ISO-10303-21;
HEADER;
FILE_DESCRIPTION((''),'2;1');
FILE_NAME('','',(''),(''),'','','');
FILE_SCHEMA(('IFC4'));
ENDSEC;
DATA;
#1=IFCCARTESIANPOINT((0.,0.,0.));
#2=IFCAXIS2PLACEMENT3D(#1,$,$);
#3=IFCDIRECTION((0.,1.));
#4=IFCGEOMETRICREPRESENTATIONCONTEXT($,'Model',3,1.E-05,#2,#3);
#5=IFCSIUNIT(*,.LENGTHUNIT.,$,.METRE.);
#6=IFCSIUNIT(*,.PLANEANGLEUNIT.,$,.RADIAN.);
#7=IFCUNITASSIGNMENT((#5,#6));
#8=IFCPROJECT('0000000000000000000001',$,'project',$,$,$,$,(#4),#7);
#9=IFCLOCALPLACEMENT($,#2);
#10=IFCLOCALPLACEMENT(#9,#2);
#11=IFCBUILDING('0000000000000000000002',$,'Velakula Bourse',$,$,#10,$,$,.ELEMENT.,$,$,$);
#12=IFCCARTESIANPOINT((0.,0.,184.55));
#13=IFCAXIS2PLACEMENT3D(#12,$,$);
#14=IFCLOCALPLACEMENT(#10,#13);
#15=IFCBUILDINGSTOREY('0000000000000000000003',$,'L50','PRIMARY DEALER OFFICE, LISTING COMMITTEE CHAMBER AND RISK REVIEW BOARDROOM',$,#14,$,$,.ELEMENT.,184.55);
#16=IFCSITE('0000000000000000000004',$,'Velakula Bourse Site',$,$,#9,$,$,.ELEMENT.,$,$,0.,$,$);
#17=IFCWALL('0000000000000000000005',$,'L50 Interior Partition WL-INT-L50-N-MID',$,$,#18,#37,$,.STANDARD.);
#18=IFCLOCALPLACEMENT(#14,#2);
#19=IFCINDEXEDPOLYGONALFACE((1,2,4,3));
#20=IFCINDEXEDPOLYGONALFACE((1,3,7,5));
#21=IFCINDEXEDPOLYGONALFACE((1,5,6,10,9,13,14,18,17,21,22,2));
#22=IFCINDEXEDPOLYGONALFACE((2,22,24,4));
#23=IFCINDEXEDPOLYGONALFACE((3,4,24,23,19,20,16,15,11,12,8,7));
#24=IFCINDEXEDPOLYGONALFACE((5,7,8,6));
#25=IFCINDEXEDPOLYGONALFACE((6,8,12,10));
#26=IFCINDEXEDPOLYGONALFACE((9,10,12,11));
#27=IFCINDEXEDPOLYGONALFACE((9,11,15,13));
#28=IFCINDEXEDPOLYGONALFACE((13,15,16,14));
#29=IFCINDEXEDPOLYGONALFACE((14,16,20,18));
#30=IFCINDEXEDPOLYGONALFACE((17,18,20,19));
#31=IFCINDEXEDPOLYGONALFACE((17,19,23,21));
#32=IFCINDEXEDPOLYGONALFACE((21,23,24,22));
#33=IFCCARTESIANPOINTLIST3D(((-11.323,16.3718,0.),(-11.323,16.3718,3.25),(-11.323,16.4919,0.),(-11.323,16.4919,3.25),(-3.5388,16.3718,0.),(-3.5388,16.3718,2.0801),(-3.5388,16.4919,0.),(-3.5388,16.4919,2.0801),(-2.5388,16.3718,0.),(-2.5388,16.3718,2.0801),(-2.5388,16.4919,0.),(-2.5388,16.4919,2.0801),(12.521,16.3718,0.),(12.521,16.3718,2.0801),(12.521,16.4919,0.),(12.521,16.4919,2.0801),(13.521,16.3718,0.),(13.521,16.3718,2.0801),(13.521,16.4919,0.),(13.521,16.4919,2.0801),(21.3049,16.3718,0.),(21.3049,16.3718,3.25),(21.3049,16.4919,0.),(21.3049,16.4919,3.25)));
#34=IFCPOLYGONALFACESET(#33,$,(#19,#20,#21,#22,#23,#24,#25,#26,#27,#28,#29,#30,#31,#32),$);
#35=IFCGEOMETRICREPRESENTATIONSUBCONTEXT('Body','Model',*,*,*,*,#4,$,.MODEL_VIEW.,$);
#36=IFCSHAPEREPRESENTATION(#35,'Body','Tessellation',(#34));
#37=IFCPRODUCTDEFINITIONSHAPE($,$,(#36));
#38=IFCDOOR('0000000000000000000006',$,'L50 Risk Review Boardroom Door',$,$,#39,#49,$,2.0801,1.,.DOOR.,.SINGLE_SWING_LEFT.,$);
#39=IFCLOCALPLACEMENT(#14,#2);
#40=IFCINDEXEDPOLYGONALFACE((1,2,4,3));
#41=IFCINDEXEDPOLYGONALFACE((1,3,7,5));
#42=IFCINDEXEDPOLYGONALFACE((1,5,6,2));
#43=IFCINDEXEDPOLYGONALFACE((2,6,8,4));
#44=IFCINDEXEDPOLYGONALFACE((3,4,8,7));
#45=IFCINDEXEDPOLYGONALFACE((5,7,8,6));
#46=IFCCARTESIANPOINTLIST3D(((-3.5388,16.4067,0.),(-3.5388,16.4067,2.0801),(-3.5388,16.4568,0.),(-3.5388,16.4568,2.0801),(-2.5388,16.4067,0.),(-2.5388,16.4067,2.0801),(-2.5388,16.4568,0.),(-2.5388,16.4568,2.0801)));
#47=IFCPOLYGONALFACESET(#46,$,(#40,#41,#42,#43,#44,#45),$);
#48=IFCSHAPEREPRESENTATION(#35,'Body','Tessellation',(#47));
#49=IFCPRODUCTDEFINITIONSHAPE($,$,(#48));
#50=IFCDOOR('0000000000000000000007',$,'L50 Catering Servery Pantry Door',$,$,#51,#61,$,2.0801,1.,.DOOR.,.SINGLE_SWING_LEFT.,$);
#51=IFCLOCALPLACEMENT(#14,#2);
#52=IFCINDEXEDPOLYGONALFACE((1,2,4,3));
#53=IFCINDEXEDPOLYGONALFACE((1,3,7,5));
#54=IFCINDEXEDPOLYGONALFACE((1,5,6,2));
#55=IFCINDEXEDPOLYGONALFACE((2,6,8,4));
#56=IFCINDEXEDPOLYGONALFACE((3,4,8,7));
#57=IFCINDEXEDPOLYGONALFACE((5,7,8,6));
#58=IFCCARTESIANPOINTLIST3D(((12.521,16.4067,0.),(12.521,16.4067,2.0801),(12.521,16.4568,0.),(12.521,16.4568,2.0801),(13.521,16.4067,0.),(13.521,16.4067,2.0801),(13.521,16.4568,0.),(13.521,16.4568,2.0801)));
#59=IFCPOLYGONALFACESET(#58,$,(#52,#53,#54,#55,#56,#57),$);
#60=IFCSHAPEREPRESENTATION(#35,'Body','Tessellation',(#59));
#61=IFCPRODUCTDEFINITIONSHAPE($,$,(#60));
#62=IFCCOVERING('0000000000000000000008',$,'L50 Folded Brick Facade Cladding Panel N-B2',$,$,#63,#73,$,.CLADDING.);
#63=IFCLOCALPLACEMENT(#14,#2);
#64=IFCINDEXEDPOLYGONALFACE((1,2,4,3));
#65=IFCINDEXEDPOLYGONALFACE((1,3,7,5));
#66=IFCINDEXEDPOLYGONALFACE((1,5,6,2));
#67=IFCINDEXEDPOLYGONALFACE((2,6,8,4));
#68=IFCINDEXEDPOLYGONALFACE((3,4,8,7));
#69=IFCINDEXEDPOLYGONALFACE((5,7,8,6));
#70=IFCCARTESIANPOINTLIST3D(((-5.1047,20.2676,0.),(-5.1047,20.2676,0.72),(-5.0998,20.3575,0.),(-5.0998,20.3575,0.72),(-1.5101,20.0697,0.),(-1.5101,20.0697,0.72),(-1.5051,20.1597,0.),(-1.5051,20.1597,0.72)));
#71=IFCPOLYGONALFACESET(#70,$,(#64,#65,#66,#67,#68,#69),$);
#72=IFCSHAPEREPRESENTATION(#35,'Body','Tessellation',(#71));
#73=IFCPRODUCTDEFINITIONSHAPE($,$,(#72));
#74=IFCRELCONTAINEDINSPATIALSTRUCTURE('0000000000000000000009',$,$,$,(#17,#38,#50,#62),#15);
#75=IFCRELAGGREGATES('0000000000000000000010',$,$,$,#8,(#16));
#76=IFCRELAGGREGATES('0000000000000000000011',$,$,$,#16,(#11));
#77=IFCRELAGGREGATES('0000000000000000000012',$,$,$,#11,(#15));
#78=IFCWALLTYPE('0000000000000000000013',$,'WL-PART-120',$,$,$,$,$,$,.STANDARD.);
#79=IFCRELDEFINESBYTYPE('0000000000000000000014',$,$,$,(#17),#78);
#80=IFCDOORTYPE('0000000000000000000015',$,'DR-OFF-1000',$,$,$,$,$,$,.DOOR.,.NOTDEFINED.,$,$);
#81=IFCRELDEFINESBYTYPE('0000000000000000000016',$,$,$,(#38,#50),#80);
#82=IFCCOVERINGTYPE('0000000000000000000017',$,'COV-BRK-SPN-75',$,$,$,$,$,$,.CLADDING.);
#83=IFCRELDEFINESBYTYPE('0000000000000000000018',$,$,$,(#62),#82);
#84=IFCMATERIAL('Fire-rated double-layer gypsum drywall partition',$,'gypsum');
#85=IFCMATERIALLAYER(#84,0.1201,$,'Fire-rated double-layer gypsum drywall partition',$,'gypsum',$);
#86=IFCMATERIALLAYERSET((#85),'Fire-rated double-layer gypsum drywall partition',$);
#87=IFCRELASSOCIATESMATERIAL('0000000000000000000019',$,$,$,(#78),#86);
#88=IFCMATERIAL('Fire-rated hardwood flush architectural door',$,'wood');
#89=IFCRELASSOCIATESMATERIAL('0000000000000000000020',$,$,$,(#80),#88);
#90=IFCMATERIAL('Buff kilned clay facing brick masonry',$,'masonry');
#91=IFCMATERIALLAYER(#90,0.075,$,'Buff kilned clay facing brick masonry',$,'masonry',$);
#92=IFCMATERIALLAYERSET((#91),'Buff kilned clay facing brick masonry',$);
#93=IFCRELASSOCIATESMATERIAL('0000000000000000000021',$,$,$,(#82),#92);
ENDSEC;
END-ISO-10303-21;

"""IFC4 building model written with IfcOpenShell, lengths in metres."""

from ifc_helpers import new_model, si_unit, direction, frame, frame_2d, origin, origin_2d, place, context, subcontext, project, spatial, rectangle, extrude, material, layer, layer_set, type_object, element, fill, save


model = new_model("IFC4")

# Units and contexts
model_context = context("Model", 3, precision=1e-05, world=origin(), true_north=direction((0.0, 1.0)))
body_context = subcontext(model_context, "Body", "Model", "MODEL_VIEW")
ifc_project = project(units=[si_unit("LENGTHUNIT", "METRE"), si_unit("PLANEANGLEUNIT", "RADIAN")], contexts=[model_context])

# Site, building, storey
site_placement = place(None, origin())
site = spatial("IfcSite", under=ifc_project, at=site_placement, Name="Velakula Bourse Site", CompositionType="ELEMENT", RefElevation=0.0)
building_placement = place(site_placement, origin())
building = spatial("IfcBuilding", under=site, at=building_placement, Name="Velakula Bourse", CompositionType="ELEMENT")
storey_placement = place(building_placement, frame((0.0, 0.0, 184.55)))
storey = spatial("IfcBuildingStorey", under=building, at=storey_placement, Name="L50", Description="PRIMARY DEALER OFFICE, LISTING COMMITTEE CHAMBER AND RISK REVIEW BOARDROOM", CompositionType="ELEMENT", Elevation=184.55)

# Shared definitions
ifc_material_1 = material(Name="Fire-rated double-layer gypsum drywall partition", Category="gypsum")
ifc_layer_1 = layer(ifc_material_1, 0.1201, Name="Fire-rated double-layer gypsum drywall partition", Category="gypsum")
ifc_layer_set_1 = layer_set([ifc_layer_1], Name="Fire-rated double-layer gypsum drywall partition")
wall_type_1 = type_object("IfcWallType", Name="WL-PART-120", PredefinedType="STANDARD", material=ifc_layer_set_1)

# Wall, openings, doors
wall_1_placement = place(storey_placement, frame((-11.323, 16.4319, 0.0), z_axis=(0.0, 0.0, 1.0), x_axis=(1.0, 0.0, 0.0)))
wall_1 = element("IfcWall", 1, at=wall_1_placement, inside=storey, type_object=wall_type_1, Name="L50 Interior Partition WL-INT-L50-N-MID", PredefinedType="STANDARD", context=body_context, shape_type="SweptSolid", body=[
    extrude(rectangle(XDim=32.6279, YDim=0.1201, at=frame_2d((16.314, 0.0))), origin(), (0.0, 0.0, 1.0), 3.25),
])
opening_1_placement = place(wall_1_placement, frame((7.7842, 0.0, 0.0)))
opening_1 = element("IfcOpeningElement", 2, at=opening_1_placement, cuts=wall_1, PredefinedType="OPENING", context=body_context, shape_type="SweptSolid", body=[
    extrude(rectangle(XDim=1.0, YDim=2.0801, at=frame_2d((0.5, 1.04))), frame((0.0, 0.0701, 0.0), z_axis=(0.0, -1.0, 0.0), x_axis=(1.0, 0.0, 0.0)), (0.0, 0.0, 1.0), 0.1401),
])
opening_2_placement = place(wall_1_placement, frame((23.844, 0.0, 0.0)))
opening_2 = element("IfcOpeningElement", 3, at=opening_2_placement, cuts=wall_1, PredefinedType="OPENING", context=body_context, shape_type="SweptSolid", body=[
    extrude(rectangle(XDim=1.0, YDim=2.0801, at=frame_2d((0.5, 1.04))), frame((0.0, 0.0701, 0.0), z_axis=(0.0, -1.0, 0.0), x_axis=(1.0, 0.0, 0.0)), (0.0, 0.0, 1.0), 0.1401),
])
ifc_material_2 = material(Name="Fire-rated hardwood flush architectural door", Category="wood")
door_type = type_object("IfcDoorType", Name="DR-OFF-1000", OperationType="NOTDEFINED", PredefinedType="DOOR", material=ifc_material_2)
door_1_placement = place(opening_1_placement, origin())
door_1 = element("IfcDoor", 4, at=door_1_placement, inside=storey, type_object=door_type, Name="L50 Risk Review Boardroom Door", OperationType="SINGLE_SWING_LEFT", OverallHeight=2.0801, OverallWidth=1.0, PredefinedType="DOOR", context=body_context, shape_type="SweptSolid", body=[
    extrude(rectangle(XDim=1.0, YDim=2.0801, at=frame_2d((0.5, 1.04))), frame((0.0, 0.0249, 0.0), z_axis=(0.0, -1.0, 0.0), x_axis=(1.0, 0.0, 0.0)), (0.0, 0.0, 1.0), 0.05),
])
fill(opening_1, door_1)
door_2_placement = place(opening_2_placement, origin())
door_2 = element("IfcDoor", 5, at=door_2_placement, inside=storey, type_object=door_type, Name="L50 Catering Servery Pantry Door", OperationType="SINGLE_SWING_LEFT", OverallHeight=2.0801, OverallWidth=1.0, PredefinedType="DOOR", context=body_context, shape_type="SweptSolid", body=[
    extrude(rectangle(XDim=1.0, YDim=2.0801, at=frame_2d((0.5, 1.04))), frame((0.0, 0.0249, 0.0), z_axis=(0.0, -1.0, 0.0), x_axis=(1.0, 0.0, 0.0)), (0.0, 0.0, 1.0), 0.05),
])
fill(opening_2, door_2)

# Covering
ifc_material_3 = material(Name="Buff kilned clay facing brick masonry", Category="masonry")
ifc_layer_2 = layer(ifc_material_3, 0.075, Name="Buff kilned clay facing brick masonry", Category="masonry")
ifc_layer_set_2 = layer_set([ifc_layer_2], Name="Buff kilned clay facing brick masonry")
covering_type = type_object("IfcCoveringType", Name="COV-BRK-SPN-75", PredefinedType="CLADDING", material=ifc_layer_set_2)
covering_placement = place(storey_placement, frame((-3.3049, 20.2136, 0.0), z_axis=(0.0, 0.0, 1.0), x_axis=(0.998489, -0.05495, 0.0)))
element("IfcCovering", 6, at=covering_placement, inside=storey, type_object=covering_type, Name="L50 Folded Brick Facade Cladding Panel N-B2", PredefinedType="CLADDING", context=body_context, shape_type="SweptSolid", body=[
    extrude(rectangle(XDim=3.6001, YDim=0.0901, at=origin_2d()), origin(), (0.0, 0.0, 1.0), 0.72),
])

save(model, "model.ifc")
